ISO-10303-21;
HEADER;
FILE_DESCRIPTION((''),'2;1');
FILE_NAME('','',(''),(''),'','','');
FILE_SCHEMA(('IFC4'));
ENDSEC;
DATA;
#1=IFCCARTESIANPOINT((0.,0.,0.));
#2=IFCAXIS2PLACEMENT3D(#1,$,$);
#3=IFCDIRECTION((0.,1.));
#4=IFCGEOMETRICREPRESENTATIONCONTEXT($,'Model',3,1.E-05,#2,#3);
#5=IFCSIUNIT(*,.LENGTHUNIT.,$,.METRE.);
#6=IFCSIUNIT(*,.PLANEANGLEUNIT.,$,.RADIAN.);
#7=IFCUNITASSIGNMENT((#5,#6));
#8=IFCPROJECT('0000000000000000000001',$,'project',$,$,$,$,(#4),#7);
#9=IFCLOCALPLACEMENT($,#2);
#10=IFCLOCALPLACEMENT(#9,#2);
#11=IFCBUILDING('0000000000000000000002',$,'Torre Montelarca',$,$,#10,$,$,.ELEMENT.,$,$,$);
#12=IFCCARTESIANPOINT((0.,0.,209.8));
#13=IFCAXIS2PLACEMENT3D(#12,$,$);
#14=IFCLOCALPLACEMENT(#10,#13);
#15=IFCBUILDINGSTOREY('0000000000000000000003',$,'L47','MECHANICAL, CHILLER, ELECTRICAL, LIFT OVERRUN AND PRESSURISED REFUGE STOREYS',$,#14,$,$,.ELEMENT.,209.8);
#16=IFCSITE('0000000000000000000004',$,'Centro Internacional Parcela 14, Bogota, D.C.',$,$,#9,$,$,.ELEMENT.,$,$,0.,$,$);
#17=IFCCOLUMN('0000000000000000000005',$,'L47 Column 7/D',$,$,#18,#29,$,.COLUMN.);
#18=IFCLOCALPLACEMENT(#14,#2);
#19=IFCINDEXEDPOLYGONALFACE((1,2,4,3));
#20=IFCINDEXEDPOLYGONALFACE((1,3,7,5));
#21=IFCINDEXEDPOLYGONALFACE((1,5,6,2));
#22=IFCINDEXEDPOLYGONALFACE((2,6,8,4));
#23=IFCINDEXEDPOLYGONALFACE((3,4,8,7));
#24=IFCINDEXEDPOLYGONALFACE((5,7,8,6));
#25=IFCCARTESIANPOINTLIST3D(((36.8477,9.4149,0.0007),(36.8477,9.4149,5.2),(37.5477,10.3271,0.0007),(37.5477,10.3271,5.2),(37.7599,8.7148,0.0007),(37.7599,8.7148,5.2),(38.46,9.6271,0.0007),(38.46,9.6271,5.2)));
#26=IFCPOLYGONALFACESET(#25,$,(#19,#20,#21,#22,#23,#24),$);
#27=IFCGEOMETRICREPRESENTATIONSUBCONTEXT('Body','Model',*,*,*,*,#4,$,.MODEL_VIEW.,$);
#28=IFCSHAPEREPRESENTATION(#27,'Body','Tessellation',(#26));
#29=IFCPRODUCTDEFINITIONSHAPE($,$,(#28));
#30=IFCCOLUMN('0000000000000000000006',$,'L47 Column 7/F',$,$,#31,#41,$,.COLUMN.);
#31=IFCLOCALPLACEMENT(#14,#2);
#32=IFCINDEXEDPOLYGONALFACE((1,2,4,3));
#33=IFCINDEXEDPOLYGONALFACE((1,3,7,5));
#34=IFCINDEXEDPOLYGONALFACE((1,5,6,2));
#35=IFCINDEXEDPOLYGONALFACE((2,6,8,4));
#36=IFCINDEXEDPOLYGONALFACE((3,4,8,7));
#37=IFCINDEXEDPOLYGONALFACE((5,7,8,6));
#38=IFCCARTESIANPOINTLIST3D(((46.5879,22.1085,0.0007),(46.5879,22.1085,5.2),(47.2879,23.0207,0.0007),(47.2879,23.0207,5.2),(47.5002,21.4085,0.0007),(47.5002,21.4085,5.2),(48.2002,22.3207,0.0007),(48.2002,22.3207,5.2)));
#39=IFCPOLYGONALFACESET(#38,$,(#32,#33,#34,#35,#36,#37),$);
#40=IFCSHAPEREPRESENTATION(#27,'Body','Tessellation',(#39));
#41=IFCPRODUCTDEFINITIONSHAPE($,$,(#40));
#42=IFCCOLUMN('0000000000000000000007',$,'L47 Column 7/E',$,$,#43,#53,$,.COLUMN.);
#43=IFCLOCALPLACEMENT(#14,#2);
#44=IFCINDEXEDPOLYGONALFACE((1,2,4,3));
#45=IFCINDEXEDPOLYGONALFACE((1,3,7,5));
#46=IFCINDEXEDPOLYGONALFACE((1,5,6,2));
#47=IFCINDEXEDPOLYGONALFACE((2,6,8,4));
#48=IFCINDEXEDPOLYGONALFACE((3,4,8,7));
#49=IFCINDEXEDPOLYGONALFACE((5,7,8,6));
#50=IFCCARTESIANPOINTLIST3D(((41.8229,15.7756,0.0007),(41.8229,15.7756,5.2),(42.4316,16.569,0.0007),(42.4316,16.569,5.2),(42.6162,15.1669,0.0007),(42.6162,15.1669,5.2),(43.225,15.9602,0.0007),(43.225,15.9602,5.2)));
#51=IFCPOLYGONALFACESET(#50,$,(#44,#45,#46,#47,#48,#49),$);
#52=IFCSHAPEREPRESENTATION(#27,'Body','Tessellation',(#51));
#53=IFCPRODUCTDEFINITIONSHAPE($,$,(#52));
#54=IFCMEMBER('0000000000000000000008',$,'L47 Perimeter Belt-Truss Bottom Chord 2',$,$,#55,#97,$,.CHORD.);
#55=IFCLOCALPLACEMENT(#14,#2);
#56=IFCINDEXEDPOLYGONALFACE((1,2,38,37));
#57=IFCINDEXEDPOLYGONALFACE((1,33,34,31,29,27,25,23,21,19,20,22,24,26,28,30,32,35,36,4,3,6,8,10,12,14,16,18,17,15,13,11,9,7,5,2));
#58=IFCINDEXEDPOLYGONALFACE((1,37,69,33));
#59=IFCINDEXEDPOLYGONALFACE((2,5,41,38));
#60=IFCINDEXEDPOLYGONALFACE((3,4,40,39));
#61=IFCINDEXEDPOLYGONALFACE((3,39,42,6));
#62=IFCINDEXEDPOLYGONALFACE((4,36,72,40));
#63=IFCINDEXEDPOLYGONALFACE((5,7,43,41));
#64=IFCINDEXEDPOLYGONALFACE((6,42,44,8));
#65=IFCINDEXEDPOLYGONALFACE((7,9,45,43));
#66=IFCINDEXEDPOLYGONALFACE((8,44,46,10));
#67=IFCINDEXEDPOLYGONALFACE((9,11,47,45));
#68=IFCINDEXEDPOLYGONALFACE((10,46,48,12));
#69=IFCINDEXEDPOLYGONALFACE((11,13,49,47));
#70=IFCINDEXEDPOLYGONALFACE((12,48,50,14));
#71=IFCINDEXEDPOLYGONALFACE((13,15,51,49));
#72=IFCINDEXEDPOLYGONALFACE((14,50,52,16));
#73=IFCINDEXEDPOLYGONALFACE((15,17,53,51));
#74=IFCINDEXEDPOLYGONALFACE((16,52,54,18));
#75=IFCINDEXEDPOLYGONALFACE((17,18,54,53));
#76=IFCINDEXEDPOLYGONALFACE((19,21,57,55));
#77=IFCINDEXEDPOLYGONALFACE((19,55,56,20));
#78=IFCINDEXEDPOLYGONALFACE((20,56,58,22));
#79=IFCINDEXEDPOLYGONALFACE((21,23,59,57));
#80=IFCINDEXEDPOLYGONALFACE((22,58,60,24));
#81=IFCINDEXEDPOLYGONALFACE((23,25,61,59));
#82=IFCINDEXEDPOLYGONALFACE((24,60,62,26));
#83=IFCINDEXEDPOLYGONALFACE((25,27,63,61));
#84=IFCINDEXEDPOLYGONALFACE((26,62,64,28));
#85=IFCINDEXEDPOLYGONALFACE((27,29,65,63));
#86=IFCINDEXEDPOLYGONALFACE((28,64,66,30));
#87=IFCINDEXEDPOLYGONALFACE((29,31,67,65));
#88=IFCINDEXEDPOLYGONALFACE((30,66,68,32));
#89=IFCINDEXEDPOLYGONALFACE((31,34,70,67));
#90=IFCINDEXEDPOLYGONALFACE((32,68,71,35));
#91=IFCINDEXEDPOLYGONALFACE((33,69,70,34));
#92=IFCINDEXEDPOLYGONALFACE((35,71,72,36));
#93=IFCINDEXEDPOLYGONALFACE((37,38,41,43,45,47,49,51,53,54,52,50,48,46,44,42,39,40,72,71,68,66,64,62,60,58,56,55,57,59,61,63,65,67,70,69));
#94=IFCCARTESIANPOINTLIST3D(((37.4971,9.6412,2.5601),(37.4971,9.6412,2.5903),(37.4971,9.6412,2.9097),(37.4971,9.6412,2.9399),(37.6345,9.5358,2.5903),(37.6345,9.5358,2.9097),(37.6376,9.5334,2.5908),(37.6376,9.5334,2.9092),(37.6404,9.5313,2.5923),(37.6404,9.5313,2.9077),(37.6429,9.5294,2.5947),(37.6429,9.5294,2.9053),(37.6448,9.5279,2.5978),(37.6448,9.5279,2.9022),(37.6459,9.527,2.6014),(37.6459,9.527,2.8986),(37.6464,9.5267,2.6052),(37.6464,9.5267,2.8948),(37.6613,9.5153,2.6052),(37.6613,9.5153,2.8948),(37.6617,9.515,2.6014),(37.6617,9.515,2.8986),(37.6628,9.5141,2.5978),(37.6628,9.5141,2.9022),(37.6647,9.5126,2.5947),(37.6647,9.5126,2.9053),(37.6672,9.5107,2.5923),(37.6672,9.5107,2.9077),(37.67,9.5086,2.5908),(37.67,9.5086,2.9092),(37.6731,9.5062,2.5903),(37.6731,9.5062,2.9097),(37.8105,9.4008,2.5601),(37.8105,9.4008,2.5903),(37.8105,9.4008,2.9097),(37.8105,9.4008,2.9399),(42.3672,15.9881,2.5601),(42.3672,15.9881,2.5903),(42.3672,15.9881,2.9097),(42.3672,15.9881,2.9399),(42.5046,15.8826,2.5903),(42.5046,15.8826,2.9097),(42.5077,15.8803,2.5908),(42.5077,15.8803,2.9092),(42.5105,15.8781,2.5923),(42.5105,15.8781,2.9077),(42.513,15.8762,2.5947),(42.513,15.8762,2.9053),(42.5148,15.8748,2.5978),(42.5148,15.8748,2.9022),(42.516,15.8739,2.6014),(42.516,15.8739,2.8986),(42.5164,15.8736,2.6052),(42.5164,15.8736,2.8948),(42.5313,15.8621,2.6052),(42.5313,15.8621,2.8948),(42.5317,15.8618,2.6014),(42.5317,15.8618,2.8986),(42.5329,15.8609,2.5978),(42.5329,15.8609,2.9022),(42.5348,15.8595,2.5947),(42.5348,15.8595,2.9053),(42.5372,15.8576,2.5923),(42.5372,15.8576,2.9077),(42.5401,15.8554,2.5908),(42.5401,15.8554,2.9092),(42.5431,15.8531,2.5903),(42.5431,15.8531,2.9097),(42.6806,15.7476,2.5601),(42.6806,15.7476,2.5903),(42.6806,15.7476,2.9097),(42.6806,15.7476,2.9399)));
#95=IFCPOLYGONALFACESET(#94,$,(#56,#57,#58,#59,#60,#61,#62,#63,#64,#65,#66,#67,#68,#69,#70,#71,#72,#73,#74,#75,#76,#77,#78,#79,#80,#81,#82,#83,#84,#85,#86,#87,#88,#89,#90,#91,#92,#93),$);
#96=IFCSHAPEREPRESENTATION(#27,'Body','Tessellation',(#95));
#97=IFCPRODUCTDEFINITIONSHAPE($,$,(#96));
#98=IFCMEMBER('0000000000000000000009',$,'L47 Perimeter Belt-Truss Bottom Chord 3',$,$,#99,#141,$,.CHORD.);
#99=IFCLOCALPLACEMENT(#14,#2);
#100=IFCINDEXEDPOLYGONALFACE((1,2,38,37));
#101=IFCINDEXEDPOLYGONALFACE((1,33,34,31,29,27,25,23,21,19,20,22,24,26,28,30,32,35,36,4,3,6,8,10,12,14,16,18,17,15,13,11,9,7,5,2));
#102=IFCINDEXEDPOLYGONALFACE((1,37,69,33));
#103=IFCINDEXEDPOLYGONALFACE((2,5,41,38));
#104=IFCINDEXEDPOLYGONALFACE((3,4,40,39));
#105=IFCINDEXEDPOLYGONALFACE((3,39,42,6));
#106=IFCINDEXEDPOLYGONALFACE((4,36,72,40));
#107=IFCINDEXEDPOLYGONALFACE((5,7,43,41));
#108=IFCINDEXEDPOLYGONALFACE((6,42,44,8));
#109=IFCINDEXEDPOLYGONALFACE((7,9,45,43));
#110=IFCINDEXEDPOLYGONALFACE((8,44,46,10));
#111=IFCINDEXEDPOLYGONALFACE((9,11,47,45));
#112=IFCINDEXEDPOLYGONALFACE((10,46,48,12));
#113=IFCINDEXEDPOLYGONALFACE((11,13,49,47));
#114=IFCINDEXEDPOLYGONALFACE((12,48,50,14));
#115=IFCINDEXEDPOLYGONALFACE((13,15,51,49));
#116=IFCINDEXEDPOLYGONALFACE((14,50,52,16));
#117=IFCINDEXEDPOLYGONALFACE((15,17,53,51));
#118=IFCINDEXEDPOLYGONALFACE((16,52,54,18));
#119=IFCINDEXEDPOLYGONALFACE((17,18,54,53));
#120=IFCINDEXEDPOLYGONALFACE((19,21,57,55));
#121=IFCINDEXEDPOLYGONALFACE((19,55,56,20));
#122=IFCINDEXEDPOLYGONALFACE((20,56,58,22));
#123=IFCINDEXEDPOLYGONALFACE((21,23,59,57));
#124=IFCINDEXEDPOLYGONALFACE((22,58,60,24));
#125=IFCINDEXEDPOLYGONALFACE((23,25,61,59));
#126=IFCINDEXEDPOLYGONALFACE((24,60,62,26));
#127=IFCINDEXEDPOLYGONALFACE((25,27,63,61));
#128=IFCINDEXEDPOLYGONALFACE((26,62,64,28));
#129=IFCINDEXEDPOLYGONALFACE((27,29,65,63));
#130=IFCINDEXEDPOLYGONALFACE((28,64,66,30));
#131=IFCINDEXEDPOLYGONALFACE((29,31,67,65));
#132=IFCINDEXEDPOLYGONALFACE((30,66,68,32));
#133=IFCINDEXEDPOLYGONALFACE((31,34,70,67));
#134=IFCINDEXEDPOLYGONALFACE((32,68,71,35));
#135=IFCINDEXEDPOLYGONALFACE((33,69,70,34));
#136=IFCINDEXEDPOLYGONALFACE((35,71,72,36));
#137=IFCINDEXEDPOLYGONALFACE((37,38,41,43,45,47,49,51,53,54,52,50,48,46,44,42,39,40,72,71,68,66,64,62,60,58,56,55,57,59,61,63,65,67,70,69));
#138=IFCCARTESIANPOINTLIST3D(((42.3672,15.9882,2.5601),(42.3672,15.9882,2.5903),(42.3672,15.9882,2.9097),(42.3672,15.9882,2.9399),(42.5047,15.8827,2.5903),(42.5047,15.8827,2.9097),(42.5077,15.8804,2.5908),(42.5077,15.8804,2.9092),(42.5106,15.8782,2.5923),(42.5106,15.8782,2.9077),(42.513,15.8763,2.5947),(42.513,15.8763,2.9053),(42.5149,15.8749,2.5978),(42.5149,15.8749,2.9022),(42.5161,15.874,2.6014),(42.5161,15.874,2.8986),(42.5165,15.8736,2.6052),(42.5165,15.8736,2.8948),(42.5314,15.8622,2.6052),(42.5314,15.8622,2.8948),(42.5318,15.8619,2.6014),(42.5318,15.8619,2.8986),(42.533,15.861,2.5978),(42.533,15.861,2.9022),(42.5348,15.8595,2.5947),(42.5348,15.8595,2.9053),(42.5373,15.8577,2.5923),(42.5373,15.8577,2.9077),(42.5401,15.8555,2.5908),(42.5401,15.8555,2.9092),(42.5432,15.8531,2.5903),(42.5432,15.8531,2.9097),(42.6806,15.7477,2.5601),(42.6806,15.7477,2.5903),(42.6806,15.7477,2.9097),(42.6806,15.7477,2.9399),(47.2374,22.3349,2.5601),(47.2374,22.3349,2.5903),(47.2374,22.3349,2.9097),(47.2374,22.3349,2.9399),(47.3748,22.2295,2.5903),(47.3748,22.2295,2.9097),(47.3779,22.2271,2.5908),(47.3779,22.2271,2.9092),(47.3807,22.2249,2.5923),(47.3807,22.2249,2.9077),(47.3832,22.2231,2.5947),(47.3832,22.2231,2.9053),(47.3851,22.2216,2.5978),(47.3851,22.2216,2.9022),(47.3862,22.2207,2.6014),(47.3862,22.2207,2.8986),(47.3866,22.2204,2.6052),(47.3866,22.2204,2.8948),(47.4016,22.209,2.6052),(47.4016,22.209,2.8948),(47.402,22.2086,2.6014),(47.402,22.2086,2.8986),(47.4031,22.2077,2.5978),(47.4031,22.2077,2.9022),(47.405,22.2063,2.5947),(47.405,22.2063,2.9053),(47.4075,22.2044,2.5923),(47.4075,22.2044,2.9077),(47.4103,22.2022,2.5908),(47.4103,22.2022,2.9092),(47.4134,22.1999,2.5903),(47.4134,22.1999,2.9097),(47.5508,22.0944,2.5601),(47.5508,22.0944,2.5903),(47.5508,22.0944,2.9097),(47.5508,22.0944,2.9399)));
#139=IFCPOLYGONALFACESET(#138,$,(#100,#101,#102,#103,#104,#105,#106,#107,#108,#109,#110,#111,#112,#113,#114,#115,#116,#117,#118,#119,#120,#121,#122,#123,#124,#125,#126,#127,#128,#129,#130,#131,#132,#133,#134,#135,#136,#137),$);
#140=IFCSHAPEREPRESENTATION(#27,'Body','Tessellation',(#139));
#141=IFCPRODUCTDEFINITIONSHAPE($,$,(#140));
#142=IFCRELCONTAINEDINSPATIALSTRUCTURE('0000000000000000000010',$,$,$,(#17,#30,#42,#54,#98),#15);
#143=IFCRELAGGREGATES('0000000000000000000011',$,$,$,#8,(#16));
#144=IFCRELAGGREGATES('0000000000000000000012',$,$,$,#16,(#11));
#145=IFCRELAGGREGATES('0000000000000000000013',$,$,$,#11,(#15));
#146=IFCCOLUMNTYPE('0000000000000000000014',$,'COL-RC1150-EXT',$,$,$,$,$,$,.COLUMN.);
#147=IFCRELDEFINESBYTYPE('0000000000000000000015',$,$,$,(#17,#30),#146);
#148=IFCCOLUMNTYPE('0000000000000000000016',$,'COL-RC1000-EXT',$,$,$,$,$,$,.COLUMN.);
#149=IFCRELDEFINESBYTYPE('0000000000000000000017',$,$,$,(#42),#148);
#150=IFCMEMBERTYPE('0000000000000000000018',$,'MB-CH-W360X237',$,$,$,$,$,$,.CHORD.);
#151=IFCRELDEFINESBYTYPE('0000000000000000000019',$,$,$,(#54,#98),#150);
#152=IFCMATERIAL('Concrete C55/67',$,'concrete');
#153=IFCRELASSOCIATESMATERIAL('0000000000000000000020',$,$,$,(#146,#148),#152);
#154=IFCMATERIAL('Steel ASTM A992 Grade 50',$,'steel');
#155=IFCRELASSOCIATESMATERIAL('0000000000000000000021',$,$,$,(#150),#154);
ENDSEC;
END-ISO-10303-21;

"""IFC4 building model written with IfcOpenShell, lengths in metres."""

from ifc_helpers import new_model, si_unit, direction, frame, origin, origin_2d, place, context, subcontext, project, spatial, rectangle, i_section, extrude, source, transform, mapped, material, material_profile, profile_set, type_object, element, save


model = new_model("IFC4")

# Units and contexts
model_context = context("Model", 3, precision=1e-05, world=origin(), true_north=direction((0.0, 1.0)))
body_context = subcontext(model_context, "Body", "Model", "MODEL_VIEW")
ifc_project = project(units=[si_unit("LENGTHUNIT", "METRE"), si_unit("PLANEANGLEUNIT", "RADIAN")], contexts=[model_context])

# Site, building, storey
site_placement = place(None, origin())
site = spatial("IfcSite", under=ifc_project, at=site_placement, Name="Centro Internacional Parcela 14, Bogota, D.C.", CompositionType="ELEMENT", RefElevation=0.0)
building_placement = place(site_placement, origin())
building = spatial("IfcBuilding", under=site, at=building_placement, Name="Torre Montelarca", CompositionType="ELEMENT")
storey_placement = place(building_placement, frame((0.0, 0.0, 209.8)))
storey = spatial("IfcBuildingStorey", under=building, at=storey_placement, Name="L47", Description="MECHANICAL, CHILLER, ELECTRICAL, LIFT OVERRUN AND PRESSURISED REFUGE STOREYS", CompositionType="ELEMENT", Elevation=209.8)

# Columns
ifc_material_1 = material(Name="Concrete C55/67", Category="concrete")
ifc_material_profile_1 = material_profile(ifc_material_1, rectangle(XDim=1.1499, YDim=1.1499, at=origin_2d()), Name="RC1150X1150", Category="concrete")
ifc_profile_set_1 = profile_set([ifc_material_profile_1], Name="Concrete C55/67")
column_type_1 = type_object("IfcColumnType", Name="COL-RC1150-EXT", PredefinedType="COLUMN", material=ifc_profile_set_1)
shared_shape_1 = source(origin(), body_context, "Body", "SweptSolid", [
    extrude(rectangle(XDim=1.1499, YDim=1.1499, at=origin_2d()), origin(), (0.0, 0.0, 1.0), 5.1992),
])
for number, where, z_axis, x_axis, name in (
    (1, (37.6538, 9.521, 0.0007), (0.0, 0.0, 1.0), (-0.793353, 0.608761, 0.0), "L47 Column 7/D"),
    (2, (47.394, 22.2146, 0.0007), (0.0, 0.0, 1.0), (-0.793353, 0.608761, 0.0), "L47 Column 7/F"),
):
    element("IfcColumn", number, at=place(storey_placement, frame(where, z_axis=z_axis, x_axis=x_axis)), inside=storey, type_object=column_type_1, Name=name, PredefinedType="COLUMN", context=body_context, shape_type="MappedRepresentation", body=[
        mapped(shared_shape_1, transform((0.0, 0.0, 0.0), scale=1.0)),
    ])
ifc_material_profile_2 = material_profile(ifc_material_1, rectangle(XDim=1.0, YDim=1.0, at=origin_2d()), Name="RC1000X1000", Category="concrete")
ifc_profile_set_2 = profile_set([ifc_material_profile_2], Name="Concrete C55/67")
column_type_2 = type_object("IfcColumnType", Name="COL-RC1000-EXT", PredefinedType="COLUMN", material=ifc_profile_set_2)
shared_shape_2 = source(origin(), body_context, "Body", "SweptSolid", [
    extrude(rectangle(XDim=1.0, YDim=1.0, at=origin_2d()), origin(), (0.0, 0.0, 1.0), 5.1992),
])
column_placement = place(storey_placement, frame((42.5239, 15.8679, 0.0007), z_axis=(0.0, 0.0, 1.0), x_axis=(-0.793353, 0.608761, 0.0)))
element("IfcColumn", 3, at=column_placement, inside=storey, type_object=column_type_2, Name="L47 Column 7/E", PredefinedType="COLUMN", context=body_context, shape_type="MappedRepresentation", body=[
    mapped(shared_shape_2, transform((0.0, 0.0, 0.0), scale=1.0)),
])

# Members
ifc_material_2 = material(Name="Steel ASTM A992 Grade 50", Category="steel")
ifc_material_profile_3 = material_profile(ifc_material_2, i_section(OverallWidth=0.395, OverallDepth=0.3799, WebThickness=0.0188, FlangeThickness=0.0303, FilletRadius=0.0149, at=origin_2d()), Name="W360X237", Category="steel")
ifc_profile_set_3 = profile_set([ifc_material_profile_3], Name="Steel ASTM A992 Grade 50")
member_type_1 = type_object("IfcMemberType", Name="MB-CH-W360X237", PredefinedType="CHORD", material=ifc_profile_set_3)
shared_shape_3 = source(origin(), body_context, "Body", "SweptSolid", [
    extrude(i_section(OverallWidth=0.395, OverallDepth=0.3799, WebThickness=0.0188, FlangeThickness=0.0303, FilletRadius=0.0149, at=origin_2d()), origin(), (0.0, 0.0, 1.0), 8.0),
])
for number, where, z_axis, x_axis, name in (
    (4, (37.6538, 9.521, 2.75), (0.608758, 0.793356, 0.0), (-0.793356, 0.608758, 0.0), "L47 Perimeter Belt-Truss Bottom Chord 2"),
    (5, (42.5239, 15.8679, 2.75), (0.608772, 0.793345, 0.0), (-0.793345, 0.608772, 0.0), "L47 Perimeter Belt-Truss Bottom Chord 3"),
):
    element("IfcMember", number, at=place(storey_placement, frame(where, z_axis=z_axis, x_axis=x_axis)), inside=storey, type_object=member_type_1, Name=name, PredefinedType="CHORD", context=body_context, shape_type="MappedRepresentation", body=[
        mapped(shared_shape_3, transform((0.0, 0.0, 0.0), scale=1.0)),
    ])

save(model, "model.ifc")
